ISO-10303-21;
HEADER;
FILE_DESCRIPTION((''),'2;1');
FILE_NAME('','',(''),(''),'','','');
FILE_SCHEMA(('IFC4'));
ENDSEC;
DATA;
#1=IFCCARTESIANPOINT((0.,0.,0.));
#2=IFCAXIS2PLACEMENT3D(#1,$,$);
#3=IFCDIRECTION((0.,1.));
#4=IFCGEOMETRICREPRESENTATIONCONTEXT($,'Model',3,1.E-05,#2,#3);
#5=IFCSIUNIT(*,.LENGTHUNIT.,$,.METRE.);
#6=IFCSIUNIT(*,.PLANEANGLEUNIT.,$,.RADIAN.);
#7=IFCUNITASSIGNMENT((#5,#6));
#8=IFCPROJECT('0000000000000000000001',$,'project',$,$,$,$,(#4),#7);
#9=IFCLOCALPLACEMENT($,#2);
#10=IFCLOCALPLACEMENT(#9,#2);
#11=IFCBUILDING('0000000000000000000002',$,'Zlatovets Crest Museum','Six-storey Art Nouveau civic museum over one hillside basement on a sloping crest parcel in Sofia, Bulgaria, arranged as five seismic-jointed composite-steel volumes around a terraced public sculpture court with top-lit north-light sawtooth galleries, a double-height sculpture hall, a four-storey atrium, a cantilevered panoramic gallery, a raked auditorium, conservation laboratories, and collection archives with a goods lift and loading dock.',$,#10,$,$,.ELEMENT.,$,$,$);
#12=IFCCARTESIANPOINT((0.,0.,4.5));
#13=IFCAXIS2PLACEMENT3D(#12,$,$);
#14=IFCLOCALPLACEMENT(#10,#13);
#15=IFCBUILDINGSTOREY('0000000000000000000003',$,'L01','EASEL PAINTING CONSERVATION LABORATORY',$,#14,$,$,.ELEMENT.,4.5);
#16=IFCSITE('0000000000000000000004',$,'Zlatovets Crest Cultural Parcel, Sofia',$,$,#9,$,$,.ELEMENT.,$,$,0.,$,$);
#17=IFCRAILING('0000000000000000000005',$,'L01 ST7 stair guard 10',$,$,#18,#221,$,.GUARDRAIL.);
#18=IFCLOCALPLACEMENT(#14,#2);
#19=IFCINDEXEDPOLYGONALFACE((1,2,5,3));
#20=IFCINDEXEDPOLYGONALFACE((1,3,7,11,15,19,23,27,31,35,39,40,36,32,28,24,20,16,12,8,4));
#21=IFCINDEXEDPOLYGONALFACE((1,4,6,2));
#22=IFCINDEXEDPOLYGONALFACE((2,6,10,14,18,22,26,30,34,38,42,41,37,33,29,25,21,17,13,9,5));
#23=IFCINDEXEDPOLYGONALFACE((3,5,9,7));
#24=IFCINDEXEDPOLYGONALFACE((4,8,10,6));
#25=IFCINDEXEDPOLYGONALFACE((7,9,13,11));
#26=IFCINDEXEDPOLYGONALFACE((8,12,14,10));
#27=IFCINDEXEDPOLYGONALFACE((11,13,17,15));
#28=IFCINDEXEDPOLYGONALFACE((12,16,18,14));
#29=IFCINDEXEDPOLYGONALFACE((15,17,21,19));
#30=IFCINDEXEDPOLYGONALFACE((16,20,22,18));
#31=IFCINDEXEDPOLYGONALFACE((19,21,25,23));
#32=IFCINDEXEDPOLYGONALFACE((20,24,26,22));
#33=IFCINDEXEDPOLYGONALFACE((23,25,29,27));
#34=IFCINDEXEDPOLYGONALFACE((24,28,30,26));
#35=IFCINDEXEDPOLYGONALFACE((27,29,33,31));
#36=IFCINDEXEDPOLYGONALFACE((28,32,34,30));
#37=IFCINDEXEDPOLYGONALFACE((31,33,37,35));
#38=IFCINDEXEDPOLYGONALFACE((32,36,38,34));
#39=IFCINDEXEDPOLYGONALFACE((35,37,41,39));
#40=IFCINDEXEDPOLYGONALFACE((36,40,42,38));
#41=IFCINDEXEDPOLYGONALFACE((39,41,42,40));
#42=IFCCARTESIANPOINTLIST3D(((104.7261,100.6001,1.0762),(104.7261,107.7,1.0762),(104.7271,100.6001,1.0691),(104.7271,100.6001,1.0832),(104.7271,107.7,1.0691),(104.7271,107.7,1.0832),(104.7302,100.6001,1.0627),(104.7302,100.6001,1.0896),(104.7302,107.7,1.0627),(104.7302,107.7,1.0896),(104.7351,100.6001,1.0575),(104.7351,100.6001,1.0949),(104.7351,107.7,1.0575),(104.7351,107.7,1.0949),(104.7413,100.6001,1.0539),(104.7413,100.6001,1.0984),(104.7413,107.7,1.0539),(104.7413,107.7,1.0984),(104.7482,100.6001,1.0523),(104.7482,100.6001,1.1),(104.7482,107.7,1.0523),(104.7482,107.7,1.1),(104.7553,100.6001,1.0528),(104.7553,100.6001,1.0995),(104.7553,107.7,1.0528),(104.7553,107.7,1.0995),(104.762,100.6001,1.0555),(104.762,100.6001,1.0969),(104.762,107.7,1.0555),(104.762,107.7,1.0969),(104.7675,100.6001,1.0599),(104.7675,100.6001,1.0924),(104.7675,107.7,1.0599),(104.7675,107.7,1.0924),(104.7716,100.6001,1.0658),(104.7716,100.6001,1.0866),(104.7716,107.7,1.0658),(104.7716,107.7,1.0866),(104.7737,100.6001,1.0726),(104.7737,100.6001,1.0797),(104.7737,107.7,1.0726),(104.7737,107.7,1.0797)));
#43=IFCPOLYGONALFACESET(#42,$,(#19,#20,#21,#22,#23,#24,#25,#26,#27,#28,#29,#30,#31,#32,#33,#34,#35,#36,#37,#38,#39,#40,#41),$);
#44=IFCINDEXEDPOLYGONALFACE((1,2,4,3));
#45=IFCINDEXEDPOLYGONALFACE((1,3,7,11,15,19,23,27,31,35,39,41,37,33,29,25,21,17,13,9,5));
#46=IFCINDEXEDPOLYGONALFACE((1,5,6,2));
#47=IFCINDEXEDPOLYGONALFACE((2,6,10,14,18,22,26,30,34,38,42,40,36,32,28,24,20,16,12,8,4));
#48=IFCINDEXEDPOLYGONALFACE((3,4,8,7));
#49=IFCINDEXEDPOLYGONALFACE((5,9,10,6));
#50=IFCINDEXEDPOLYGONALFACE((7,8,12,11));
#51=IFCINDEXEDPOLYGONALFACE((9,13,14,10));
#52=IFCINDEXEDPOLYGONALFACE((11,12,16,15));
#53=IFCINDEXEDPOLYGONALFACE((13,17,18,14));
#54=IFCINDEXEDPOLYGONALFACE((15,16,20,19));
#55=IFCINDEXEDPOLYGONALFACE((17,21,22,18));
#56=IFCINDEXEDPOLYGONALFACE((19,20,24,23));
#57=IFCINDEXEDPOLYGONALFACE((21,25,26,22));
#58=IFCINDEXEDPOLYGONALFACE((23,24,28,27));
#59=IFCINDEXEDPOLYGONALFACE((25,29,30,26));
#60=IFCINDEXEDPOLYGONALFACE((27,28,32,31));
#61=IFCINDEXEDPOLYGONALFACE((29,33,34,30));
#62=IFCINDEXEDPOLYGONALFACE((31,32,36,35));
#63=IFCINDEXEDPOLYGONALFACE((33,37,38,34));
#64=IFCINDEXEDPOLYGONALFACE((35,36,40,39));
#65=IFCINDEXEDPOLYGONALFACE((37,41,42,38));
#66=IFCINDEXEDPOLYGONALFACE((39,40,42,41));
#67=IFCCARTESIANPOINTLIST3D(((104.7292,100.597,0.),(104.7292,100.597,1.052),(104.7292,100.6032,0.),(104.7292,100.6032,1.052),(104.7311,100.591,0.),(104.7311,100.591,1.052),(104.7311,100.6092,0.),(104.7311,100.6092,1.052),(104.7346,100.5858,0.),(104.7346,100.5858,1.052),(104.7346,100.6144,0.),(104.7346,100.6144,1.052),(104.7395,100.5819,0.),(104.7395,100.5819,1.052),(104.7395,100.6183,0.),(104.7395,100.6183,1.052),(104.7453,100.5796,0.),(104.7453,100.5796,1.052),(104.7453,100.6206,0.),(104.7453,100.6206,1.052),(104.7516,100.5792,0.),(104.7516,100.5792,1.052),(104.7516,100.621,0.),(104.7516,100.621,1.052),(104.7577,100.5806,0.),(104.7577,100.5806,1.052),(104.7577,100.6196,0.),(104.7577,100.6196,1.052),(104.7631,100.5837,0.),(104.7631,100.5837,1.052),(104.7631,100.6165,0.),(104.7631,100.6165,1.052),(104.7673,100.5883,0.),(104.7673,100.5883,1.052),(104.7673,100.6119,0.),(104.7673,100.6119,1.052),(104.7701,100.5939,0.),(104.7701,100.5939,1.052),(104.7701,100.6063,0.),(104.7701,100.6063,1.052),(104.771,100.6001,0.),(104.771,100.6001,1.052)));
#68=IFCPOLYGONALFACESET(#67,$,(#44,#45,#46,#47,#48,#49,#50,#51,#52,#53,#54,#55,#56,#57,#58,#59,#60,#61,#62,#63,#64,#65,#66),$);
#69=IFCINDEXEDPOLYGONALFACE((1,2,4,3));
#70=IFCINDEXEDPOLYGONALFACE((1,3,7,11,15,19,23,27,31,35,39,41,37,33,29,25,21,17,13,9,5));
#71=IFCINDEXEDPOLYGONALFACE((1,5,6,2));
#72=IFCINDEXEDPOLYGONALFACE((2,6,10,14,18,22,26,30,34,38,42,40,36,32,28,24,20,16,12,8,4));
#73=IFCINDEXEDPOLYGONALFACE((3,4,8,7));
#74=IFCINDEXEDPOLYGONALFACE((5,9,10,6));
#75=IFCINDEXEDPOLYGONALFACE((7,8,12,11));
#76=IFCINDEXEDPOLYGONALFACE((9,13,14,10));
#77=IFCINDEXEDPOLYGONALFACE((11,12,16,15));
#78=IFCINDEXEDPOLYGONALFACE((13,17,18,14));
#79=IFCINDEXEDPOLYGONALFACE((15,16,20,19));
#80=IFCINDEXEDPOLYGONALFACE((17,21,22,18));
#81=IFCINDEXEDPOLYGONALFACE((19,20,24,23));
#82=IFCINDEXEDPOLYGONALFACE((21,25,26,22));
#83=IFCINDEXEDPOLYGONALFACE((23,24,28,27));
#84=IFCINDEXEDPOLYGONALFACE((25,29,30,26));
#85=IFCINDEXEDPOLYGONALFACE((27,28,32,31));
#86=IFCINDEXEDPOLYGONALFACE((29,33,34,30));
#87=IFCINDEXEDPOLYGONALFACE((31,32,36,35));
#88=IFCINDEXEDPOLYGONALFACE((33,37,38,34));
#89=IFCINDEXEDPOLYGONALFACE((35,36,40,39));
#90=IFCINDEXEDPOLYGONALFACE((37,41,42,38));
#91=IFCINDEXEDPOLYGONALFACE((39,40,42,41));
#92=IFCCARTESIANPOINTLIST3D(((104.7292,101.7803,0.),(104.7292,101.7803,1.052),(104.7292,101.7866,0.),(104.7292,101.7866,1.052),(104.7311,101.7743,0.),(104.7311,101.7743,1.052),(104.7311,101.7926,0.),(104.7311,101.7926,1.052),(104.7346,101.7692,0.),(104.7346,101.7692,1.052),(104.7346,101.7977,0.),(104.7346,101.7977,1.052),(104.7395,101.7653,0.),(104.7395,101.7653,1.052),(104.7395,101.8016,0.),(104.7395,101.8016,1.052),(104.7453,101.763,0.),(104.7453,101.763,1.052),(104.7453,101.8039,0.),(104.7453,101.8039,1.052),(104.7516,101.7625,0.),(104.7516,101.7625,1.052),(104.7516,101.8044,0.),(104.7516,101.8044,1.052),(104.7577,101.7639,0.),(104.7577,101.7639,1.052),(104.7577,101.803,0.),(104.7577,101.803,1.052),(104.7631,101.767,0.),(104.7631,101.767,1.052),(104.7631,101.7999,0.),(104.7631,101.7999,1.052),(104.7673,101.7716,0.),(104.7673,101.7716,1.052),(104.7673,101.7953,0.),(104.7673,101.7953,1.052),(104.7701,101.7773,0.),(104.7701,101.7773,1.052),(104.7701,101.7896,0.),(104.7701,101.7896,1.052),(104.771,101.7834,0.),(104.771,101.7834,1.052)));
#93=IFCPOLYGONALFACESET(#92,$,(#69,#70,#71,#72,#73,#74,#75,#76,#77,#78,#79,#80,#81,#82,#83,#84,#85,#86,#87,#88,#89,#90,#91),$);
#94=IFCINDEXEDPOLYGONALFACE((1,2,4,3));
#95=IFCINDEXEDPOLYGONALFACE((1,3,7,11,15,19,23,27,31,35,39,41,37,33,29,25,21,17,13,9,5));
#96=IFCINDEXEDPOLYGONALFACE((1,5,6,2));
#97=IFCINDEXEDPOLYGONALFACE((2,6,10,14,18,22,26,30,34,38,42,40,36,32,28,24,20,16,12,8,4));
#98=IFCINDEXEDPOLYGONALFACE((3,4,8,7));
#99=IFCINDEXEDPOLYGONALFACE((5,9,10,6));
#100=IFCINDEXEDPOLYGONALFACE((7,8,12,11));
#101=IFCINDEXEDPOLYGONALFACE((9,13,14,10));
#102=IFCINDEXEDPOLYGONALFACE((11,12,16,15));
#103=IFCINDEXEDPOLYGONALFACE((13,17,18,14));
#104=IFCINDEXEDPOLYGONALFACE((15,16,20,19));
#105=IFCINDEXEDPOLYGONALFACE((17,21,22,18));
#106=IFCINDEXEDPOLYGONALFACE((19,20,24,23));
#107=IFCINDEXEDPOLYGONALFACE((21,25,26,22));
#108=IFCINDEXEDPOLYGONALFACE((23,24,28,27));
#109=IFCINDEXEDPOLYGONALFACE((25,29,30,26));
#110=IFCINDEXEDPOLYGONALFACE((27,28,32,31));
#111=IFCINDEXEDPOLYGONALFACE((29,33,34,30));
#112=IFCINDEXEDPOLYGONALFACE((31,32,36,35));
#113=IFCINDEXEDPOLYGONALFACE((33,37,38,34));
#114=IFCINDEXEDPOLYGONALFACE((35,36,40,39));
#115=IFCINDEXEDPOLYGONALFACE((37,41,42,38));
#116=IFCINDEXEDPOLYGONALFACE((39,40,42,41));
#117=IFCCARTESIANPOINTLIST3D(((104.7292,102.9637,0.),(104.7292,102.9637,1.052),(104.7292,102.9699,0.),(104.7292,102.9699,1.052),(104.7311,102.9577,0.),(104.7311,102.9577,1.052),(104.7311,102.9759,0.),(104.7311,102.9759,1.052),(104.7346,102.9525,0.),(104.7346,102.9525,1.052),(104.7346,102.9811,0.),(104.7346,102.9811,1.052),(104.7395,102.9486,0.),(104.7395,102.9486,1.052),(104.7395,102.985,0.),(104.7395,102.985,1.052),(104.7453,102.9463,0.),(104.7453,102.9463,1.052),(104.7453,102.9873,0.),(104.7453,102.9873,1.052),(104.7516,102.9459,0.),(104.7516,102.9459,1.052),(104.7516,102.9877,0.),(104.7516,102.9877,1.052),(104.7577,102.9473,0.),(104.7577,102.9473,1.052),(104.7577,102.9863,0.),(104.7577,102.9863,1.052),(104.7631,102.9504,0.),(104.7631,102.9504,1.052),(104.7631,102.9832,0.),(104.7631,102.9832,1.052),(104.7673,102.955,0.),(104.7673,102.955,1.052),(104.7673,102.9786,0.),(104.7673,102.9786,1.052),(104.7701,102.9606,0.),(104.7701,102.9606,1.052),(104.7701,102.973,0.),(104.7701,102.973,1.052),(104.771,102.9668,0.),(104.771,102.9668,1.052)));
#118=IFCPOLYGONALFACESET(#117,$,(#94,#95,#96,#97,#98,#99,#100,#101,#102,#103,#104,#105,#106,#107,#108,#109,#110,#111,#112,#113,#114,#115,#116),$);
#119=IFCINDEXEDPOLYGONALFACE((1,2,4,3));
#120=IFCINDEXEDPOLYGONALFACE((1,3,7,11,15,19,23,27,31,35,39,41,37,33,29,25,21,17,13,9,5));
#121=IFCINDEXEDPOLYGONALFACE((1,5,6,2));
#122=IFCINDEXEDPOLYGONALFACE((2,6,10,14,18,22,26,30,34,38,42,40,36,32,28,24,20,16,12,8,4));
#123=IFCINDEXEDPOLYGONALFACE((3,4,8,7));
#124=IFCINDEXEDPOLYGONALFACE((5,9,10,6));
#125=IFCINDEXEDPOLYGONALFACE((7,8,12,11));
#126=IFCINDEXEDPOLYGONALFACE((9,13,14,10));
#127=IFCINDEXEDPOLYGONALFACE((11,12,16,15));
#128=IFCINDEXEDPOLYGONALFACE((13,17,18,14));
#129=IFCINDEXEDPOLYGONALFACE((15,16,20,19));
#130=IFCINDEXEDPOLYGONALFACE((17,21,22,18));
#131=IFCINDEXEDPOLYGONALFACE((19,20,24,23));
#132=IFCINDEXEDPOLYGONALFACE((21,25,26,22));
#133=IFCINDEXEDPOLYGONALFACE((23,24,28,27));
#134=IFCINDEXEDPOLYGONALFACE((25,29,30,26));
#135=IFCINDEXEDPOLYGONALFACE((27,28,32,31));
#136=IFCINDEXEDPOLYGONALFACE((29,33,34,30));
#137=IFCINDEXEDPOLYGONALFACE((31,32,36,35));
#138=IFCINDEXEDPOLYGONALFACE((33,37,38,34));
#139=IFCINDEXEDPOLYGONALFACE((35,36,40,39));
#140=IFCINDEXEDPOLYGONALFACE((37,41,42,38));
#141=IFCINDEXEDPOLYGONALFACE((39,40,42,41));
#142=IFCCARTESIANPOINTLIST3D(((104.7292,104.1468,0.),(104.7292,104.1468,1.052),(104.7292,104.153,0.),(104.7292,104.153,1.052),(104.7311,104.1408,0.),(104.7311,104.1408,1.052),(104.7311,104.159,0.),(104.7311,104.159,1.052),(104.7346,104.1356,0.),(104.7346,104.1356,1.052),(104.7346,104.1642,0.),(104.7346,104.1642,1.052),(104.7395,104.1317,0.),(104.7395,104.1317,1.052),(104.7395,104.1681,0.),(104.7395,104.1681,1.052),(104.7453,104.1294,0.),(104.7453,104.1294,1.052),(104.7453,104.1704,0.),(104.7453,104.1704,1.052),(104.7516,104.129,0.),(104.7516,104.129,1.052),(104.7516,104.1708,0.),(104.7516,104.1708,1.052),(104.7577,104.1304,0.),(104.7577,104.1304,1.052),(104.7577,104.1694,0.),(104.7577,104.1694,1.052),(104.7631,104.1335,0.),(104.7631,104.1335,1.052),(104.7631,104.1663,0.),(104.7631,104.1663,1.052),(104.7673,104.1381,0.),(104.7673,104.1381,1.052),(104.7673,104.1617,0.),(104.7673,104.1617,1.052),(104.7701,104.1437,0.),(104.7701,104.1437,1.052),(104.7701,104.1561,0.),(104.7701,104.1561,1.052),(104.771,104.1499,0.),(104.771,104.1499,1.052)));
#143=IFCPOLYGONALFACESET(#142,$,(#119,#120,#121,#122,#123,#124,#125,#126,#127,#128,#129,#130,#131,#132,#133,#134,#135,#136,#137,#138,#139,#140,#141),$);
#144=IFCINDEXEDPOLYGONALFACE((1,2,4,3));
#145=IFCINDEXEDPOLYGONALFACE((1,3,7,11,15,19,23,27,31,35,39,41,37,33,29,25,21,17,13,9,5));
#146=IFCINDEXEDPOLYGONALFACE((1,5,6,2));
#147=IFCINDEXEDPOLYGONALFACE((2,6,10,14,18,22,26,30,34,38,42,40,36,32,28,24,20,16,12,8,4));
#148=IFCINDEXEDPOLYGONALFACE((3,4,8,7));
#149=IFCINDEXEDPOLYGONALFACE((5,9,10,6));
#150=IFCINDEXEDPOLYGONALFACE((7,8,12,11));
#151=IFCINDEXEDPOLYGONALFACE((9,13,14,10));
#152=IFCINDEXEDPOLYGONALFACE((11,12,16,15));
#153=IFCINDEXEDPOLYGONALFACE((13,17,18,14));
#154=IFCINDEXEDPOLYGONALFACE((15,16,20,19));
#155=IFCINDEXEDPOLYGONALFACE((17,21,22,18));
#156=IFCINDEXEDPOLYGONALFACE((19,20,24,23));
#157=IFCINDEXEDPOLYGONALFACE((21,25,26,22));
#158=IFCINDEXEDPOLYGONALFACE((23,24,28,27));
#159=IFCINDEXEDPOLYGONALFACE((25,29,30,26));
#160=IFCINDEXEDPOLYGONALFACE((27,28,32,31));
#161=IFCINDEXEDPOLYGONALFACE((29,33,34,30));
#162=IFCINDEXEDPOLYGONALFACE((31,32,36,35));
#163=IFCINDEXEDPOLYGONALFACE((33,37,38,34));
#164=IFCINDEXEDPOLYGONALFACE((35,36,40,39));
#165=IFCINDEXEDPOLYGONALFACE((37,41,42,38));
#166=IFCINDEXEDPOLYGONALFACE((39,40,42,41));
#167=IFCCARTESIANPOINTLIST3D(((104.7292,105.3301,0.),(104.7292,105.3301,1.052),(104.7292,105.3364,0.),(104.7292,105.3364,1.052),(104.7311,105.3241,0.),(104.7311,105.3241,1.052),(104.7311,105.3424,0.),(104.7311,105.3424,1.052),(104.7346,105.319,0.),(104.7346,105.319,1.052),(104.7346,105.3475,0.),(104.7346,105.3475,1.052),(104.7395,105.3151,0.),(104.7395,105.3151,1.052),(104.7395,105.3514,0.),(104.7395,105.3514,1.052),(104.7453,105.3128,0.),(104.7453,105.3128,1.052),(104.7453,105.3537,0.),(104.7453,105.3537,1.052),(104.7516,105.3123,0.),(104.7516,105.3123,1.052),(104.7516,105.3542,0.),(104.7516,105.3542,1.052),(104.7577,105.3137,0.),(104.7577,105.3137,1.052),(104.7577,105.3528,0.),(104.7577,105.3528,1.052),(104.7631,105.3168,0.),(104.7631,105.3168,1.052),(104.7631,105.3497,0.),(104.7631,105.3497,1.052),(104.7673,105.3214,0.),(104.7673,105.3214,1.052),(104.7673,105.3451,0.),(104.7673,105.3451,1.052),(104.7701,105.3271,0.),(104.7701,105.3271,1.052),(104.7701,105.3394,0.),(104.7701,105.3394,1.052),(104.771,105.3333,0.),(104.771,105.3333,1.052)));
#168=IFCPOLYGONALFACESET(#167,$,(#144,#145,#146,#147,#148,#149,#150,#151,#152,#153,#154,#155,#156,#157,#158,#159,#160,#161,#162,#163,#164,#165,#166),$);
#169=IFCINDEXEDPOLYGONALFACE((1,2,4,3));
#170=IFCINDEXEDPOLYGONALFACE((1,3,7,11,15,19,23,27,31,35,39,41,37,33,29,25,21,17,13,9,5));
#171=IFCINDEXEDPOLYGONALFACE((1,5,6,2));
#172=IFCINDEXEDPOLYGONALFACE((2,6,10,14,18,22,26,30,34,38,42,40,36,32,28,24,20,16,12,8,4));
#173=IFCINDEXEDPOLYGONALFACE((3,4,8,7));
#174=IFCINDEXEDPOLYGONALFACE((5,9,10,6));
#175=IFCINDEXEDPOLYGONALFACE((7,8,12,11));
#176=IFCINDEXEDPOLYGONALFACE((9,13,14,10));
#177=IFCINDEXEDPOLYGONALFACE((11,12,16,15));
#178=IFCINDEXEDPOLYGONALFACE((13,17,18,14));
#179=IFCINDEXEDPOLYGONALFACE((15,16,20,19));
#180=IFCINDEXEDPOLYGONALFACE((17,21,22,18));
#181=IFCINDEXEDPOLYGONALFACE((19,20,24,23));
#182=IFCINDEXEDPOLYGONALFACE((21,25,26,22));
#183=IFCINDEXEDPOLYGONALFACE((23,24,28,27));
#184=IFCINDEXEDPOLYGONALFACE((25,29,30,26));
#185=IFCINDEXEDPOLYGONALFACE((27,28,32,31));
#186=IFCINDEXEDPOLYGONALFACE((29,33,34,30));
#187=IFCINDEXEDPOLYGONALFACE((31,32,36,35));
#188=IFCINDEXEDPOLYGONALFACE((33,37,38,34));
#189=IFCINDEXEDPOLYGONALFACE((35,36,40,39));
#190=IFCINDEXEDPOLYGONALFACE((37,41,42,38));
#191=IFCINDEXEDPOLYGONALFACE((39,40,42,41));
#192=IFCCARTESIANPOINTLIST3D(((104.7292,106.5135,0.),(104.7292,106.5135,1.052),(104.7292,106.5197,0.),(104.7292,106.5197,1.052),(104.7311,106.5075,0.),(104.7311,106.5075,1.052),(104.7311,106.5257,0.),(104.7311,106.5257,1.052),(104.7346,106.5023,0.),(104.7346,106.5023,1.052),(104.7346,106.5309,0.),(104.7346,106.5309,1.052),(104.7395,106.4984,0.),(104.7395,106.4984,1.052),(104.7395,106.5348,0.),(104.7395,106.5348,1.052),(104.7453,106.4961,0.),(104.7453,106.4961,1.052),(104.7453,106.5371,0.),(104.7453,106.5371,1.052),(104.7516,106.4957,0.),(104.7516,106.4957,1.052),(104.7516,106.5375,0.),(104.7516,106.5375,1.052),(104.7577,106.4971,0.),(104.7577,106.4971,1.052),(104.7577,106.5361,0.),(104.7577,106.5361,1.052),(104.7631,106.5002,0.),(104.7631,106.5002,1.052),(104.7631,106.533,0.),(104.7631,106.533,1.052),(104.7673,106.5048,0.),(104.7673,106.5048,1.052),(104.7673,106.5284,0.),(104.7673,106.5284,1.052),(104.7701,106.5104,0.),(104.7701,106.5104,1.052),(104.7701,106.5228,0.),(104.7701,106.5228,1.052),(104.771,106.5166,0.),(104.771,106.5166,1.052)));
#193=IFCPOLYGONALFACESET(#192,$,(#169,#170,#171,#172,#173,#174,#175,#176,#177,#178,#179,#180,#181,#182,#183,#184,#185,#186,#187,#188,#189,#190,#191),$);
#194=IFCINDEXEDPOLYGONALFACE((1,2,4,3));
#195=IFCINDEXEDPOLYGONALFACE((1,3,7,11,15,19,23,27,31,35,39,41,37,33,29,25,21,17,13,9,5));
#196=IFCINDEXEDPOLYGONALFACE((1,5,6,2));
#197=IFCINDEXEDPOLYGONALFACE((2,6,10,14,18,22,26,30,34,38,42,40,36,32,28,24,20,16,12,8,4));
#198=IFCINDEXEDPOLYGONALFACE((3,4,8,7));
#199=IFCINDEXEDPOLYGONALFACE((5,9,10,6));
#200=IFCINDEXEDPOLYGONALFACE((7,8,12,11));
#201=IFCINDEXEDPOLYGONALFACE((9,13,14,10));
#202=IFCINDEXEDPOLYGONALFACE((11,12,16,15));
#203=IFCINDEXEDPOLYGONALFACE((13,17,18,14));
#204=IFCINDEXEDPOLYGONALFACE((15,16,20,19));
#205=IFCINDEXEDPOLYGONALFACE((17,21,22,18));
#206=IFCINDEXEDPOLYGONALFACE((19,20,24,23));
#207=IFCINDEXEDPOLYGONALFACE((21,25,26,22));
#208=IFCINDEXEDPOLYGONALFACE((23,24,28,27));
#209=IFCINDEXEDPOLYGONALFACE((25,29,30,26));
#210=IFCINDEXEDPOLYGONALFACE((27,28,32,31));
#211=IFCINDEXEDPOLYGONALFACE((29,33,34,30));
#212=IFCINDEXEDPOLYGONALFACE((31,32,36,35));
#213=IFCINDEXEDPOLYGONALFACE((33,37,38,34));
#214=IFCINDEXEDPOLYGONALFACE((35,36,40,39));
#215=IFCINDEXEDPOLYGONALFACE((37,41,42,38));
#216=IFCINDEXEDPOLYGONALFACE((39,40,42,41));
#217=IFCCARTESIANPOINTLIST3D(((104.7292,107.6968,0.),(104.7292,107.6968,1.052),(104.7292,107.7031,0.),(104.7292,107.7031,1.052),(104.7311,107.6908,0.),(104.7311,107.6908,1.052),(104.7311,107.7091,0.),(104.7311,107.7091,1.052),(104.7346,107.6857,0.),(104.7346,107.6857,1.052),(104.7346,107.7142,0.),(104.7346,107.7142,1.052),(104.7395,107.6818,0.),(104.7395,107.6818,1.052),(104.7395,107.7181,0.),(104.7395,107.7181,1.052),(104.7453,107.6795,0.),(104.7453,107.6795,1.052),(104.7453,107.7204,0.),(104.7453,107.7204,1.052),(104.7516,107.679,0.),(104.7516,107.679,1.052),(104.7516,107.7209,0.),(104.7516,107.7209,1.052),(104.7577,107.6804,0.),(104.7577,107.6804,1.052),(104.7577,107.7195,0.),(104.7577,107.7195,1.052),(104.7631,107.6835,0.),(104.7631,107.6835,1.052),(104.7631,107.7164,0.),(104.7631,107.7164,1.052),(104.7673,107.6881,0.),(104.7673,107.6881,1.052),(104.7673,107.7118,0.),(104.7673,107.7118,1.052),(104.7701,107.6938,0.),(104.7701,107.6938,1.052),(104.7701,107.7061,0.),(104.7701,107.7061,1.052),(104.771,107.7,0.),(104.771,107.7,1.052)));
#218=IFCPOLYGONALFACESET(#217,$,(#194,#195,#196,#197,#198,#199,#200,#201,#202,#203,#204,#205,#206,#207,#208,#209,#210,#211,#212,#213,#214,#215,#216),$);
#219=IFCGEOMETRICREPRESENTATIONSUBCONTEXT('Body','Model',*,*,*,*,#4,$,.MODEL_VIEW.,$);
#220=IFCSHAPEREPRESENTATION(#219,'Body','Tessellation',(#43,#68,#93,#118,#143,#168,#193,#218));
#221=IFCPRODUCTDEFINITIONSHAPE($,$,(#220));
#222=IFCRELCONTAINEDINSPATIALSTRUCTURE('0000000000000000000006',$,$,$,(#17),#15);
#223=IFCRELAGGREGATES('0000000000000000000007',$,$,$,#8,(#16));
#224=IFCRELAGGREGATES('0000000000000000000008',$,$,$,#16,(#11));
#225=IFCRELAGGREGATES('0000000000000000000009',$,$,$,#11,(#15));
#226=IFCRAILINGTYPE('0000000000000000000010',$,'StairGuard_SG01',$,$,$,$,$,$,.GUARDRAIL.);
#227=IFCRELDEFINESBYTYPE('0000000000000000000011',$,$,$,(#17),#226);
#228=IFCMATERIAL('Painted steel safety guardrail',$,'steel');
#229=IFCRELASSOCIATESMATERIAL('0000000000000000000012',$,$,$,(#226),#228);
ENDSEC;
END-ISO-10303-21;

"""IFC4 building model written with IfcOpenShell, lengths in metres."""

from ifc_helpers import new_model, si_unit, direction, frame, origin, origin_2d, place, context, subcontext, project, spatial, circle, extrude, material, type_object, element, save


model = new_model("IFC4")

# Units and contexts
model_context = context("Model", 3, precision=1e-05, world=origin(), true_north=direction((0.0, 1.0)))
body_context = subcontext(model_context, "Body", "Model", "MODEL_VIEW")
ifc_project = project(units=[si_unit("LENGTHUNIT", "METRE"), si_unit("PLANEANGLEUNIT", "RADIAN")], contexts=[model_context])

# Site, building, storey
site_placement = place(None, origin())
site = spatial("IfcSite", under=ifc_project, at=site_placement, Name="Zlatovets Crest Cultural Parcel, Sofia", CompositionType="ELEMENT", RefElevation=0.0)
building_placement = place(site_placement, origin())
building = spatial("IfcBuilding", under=site, at=building_placement, Name="Zlatovets Crest Museum", Description="Six-storey Art Nouveau civic museum over one hillside basement on a sloping crest parcel in Sofia, Bulgaria, arranged as five seismic-jointed composite-steel volumes around a terraced public sculpture court with top-lit north-light sawtooth galleries, a double-height sculpture hall, a four-storey atrium, a cantilevered panoramic gallery, a raked auditorium, conservation laboratories, and collection archives with a goods lift and loading dock.", CompositionType="ELEMENT")
storey_placement = place(building_placement, frame((0.0, 0.0, 4.5)))
storey = spatial("IfcBuildingStorey", under=building, at=storey_placement, Name="L01", Description="EASEL PAINTING CONSERVATION LABORATORY", CompositionType="ELEMENT", Elevation=4.5)

# Railing
ifc_material_1 = material(Name="Painted steel safety guardrail", Category="steel")
railing_type = type_object("IfcRailingType", Name="StairGuard_SG01", PredefinedType="GUARDRAIL", material=ifc_material_1)
railing_1_placement = place(storey_placement, frame((104.75, 100.6001, 0.0)))
element("IfcRailing", 1, at=railing_1_placement, inside=storey, type_object=railing_type, Name="L01 ST7 stair guard 10", PredefinedType="GUARDRAIL", context=body_context, shape_type="SweptSolid", body=[
    extrude(circle(Radius=0.0239, at=origin_2d()), frame((0.0, 0.0, 1.0762), z_axis=(0.0, 1.0, 0.0), x_axis=(-1.0, 0.0, 0.0)), (0.0, 0.0, 1.0), 7.0999),
    extrude(circle(Radius=0.021, at=origin_2d()), origin(), (0.0, 0.0, 1.0), 1.052),
    extrude(circle(Radius=0.021, at=origin_2d()), frame((0.0, 1.1833, 0.0)), (0.0, 0.0, 1.0), 1.052),
    extrude(circle(Radius=0.021, at=origin_2d()), frame((0.0, 2.3667, 0.0)), (0.0, 0.0, 1.0), 1.052),
    extrude(circle(Radius=0.021, at=origin_2d()), frame((0.0, 3.5498, 0.0)), (0.0, 0.0, 1.0), 1.052),
    extrude(circle(Radius=0.021, at=origin_2d()), frame((0.0, 4.7332, 0.0)), (0.0, 0.0, 1.0), 1.052),
    extrude(circle(Radius=0.021, at=origin_2d()), frame((0.0, 5.9165, 0.0)), (0.0, 0.0, 1.0), 1.052),
    extrude(circle(Radius=0.021, at=origin_2d()), frame((0.0, 7.0999, 0.0)), (0.0, 0.0, 1.0), 1.052),
])

save(model, "model.ifc")
